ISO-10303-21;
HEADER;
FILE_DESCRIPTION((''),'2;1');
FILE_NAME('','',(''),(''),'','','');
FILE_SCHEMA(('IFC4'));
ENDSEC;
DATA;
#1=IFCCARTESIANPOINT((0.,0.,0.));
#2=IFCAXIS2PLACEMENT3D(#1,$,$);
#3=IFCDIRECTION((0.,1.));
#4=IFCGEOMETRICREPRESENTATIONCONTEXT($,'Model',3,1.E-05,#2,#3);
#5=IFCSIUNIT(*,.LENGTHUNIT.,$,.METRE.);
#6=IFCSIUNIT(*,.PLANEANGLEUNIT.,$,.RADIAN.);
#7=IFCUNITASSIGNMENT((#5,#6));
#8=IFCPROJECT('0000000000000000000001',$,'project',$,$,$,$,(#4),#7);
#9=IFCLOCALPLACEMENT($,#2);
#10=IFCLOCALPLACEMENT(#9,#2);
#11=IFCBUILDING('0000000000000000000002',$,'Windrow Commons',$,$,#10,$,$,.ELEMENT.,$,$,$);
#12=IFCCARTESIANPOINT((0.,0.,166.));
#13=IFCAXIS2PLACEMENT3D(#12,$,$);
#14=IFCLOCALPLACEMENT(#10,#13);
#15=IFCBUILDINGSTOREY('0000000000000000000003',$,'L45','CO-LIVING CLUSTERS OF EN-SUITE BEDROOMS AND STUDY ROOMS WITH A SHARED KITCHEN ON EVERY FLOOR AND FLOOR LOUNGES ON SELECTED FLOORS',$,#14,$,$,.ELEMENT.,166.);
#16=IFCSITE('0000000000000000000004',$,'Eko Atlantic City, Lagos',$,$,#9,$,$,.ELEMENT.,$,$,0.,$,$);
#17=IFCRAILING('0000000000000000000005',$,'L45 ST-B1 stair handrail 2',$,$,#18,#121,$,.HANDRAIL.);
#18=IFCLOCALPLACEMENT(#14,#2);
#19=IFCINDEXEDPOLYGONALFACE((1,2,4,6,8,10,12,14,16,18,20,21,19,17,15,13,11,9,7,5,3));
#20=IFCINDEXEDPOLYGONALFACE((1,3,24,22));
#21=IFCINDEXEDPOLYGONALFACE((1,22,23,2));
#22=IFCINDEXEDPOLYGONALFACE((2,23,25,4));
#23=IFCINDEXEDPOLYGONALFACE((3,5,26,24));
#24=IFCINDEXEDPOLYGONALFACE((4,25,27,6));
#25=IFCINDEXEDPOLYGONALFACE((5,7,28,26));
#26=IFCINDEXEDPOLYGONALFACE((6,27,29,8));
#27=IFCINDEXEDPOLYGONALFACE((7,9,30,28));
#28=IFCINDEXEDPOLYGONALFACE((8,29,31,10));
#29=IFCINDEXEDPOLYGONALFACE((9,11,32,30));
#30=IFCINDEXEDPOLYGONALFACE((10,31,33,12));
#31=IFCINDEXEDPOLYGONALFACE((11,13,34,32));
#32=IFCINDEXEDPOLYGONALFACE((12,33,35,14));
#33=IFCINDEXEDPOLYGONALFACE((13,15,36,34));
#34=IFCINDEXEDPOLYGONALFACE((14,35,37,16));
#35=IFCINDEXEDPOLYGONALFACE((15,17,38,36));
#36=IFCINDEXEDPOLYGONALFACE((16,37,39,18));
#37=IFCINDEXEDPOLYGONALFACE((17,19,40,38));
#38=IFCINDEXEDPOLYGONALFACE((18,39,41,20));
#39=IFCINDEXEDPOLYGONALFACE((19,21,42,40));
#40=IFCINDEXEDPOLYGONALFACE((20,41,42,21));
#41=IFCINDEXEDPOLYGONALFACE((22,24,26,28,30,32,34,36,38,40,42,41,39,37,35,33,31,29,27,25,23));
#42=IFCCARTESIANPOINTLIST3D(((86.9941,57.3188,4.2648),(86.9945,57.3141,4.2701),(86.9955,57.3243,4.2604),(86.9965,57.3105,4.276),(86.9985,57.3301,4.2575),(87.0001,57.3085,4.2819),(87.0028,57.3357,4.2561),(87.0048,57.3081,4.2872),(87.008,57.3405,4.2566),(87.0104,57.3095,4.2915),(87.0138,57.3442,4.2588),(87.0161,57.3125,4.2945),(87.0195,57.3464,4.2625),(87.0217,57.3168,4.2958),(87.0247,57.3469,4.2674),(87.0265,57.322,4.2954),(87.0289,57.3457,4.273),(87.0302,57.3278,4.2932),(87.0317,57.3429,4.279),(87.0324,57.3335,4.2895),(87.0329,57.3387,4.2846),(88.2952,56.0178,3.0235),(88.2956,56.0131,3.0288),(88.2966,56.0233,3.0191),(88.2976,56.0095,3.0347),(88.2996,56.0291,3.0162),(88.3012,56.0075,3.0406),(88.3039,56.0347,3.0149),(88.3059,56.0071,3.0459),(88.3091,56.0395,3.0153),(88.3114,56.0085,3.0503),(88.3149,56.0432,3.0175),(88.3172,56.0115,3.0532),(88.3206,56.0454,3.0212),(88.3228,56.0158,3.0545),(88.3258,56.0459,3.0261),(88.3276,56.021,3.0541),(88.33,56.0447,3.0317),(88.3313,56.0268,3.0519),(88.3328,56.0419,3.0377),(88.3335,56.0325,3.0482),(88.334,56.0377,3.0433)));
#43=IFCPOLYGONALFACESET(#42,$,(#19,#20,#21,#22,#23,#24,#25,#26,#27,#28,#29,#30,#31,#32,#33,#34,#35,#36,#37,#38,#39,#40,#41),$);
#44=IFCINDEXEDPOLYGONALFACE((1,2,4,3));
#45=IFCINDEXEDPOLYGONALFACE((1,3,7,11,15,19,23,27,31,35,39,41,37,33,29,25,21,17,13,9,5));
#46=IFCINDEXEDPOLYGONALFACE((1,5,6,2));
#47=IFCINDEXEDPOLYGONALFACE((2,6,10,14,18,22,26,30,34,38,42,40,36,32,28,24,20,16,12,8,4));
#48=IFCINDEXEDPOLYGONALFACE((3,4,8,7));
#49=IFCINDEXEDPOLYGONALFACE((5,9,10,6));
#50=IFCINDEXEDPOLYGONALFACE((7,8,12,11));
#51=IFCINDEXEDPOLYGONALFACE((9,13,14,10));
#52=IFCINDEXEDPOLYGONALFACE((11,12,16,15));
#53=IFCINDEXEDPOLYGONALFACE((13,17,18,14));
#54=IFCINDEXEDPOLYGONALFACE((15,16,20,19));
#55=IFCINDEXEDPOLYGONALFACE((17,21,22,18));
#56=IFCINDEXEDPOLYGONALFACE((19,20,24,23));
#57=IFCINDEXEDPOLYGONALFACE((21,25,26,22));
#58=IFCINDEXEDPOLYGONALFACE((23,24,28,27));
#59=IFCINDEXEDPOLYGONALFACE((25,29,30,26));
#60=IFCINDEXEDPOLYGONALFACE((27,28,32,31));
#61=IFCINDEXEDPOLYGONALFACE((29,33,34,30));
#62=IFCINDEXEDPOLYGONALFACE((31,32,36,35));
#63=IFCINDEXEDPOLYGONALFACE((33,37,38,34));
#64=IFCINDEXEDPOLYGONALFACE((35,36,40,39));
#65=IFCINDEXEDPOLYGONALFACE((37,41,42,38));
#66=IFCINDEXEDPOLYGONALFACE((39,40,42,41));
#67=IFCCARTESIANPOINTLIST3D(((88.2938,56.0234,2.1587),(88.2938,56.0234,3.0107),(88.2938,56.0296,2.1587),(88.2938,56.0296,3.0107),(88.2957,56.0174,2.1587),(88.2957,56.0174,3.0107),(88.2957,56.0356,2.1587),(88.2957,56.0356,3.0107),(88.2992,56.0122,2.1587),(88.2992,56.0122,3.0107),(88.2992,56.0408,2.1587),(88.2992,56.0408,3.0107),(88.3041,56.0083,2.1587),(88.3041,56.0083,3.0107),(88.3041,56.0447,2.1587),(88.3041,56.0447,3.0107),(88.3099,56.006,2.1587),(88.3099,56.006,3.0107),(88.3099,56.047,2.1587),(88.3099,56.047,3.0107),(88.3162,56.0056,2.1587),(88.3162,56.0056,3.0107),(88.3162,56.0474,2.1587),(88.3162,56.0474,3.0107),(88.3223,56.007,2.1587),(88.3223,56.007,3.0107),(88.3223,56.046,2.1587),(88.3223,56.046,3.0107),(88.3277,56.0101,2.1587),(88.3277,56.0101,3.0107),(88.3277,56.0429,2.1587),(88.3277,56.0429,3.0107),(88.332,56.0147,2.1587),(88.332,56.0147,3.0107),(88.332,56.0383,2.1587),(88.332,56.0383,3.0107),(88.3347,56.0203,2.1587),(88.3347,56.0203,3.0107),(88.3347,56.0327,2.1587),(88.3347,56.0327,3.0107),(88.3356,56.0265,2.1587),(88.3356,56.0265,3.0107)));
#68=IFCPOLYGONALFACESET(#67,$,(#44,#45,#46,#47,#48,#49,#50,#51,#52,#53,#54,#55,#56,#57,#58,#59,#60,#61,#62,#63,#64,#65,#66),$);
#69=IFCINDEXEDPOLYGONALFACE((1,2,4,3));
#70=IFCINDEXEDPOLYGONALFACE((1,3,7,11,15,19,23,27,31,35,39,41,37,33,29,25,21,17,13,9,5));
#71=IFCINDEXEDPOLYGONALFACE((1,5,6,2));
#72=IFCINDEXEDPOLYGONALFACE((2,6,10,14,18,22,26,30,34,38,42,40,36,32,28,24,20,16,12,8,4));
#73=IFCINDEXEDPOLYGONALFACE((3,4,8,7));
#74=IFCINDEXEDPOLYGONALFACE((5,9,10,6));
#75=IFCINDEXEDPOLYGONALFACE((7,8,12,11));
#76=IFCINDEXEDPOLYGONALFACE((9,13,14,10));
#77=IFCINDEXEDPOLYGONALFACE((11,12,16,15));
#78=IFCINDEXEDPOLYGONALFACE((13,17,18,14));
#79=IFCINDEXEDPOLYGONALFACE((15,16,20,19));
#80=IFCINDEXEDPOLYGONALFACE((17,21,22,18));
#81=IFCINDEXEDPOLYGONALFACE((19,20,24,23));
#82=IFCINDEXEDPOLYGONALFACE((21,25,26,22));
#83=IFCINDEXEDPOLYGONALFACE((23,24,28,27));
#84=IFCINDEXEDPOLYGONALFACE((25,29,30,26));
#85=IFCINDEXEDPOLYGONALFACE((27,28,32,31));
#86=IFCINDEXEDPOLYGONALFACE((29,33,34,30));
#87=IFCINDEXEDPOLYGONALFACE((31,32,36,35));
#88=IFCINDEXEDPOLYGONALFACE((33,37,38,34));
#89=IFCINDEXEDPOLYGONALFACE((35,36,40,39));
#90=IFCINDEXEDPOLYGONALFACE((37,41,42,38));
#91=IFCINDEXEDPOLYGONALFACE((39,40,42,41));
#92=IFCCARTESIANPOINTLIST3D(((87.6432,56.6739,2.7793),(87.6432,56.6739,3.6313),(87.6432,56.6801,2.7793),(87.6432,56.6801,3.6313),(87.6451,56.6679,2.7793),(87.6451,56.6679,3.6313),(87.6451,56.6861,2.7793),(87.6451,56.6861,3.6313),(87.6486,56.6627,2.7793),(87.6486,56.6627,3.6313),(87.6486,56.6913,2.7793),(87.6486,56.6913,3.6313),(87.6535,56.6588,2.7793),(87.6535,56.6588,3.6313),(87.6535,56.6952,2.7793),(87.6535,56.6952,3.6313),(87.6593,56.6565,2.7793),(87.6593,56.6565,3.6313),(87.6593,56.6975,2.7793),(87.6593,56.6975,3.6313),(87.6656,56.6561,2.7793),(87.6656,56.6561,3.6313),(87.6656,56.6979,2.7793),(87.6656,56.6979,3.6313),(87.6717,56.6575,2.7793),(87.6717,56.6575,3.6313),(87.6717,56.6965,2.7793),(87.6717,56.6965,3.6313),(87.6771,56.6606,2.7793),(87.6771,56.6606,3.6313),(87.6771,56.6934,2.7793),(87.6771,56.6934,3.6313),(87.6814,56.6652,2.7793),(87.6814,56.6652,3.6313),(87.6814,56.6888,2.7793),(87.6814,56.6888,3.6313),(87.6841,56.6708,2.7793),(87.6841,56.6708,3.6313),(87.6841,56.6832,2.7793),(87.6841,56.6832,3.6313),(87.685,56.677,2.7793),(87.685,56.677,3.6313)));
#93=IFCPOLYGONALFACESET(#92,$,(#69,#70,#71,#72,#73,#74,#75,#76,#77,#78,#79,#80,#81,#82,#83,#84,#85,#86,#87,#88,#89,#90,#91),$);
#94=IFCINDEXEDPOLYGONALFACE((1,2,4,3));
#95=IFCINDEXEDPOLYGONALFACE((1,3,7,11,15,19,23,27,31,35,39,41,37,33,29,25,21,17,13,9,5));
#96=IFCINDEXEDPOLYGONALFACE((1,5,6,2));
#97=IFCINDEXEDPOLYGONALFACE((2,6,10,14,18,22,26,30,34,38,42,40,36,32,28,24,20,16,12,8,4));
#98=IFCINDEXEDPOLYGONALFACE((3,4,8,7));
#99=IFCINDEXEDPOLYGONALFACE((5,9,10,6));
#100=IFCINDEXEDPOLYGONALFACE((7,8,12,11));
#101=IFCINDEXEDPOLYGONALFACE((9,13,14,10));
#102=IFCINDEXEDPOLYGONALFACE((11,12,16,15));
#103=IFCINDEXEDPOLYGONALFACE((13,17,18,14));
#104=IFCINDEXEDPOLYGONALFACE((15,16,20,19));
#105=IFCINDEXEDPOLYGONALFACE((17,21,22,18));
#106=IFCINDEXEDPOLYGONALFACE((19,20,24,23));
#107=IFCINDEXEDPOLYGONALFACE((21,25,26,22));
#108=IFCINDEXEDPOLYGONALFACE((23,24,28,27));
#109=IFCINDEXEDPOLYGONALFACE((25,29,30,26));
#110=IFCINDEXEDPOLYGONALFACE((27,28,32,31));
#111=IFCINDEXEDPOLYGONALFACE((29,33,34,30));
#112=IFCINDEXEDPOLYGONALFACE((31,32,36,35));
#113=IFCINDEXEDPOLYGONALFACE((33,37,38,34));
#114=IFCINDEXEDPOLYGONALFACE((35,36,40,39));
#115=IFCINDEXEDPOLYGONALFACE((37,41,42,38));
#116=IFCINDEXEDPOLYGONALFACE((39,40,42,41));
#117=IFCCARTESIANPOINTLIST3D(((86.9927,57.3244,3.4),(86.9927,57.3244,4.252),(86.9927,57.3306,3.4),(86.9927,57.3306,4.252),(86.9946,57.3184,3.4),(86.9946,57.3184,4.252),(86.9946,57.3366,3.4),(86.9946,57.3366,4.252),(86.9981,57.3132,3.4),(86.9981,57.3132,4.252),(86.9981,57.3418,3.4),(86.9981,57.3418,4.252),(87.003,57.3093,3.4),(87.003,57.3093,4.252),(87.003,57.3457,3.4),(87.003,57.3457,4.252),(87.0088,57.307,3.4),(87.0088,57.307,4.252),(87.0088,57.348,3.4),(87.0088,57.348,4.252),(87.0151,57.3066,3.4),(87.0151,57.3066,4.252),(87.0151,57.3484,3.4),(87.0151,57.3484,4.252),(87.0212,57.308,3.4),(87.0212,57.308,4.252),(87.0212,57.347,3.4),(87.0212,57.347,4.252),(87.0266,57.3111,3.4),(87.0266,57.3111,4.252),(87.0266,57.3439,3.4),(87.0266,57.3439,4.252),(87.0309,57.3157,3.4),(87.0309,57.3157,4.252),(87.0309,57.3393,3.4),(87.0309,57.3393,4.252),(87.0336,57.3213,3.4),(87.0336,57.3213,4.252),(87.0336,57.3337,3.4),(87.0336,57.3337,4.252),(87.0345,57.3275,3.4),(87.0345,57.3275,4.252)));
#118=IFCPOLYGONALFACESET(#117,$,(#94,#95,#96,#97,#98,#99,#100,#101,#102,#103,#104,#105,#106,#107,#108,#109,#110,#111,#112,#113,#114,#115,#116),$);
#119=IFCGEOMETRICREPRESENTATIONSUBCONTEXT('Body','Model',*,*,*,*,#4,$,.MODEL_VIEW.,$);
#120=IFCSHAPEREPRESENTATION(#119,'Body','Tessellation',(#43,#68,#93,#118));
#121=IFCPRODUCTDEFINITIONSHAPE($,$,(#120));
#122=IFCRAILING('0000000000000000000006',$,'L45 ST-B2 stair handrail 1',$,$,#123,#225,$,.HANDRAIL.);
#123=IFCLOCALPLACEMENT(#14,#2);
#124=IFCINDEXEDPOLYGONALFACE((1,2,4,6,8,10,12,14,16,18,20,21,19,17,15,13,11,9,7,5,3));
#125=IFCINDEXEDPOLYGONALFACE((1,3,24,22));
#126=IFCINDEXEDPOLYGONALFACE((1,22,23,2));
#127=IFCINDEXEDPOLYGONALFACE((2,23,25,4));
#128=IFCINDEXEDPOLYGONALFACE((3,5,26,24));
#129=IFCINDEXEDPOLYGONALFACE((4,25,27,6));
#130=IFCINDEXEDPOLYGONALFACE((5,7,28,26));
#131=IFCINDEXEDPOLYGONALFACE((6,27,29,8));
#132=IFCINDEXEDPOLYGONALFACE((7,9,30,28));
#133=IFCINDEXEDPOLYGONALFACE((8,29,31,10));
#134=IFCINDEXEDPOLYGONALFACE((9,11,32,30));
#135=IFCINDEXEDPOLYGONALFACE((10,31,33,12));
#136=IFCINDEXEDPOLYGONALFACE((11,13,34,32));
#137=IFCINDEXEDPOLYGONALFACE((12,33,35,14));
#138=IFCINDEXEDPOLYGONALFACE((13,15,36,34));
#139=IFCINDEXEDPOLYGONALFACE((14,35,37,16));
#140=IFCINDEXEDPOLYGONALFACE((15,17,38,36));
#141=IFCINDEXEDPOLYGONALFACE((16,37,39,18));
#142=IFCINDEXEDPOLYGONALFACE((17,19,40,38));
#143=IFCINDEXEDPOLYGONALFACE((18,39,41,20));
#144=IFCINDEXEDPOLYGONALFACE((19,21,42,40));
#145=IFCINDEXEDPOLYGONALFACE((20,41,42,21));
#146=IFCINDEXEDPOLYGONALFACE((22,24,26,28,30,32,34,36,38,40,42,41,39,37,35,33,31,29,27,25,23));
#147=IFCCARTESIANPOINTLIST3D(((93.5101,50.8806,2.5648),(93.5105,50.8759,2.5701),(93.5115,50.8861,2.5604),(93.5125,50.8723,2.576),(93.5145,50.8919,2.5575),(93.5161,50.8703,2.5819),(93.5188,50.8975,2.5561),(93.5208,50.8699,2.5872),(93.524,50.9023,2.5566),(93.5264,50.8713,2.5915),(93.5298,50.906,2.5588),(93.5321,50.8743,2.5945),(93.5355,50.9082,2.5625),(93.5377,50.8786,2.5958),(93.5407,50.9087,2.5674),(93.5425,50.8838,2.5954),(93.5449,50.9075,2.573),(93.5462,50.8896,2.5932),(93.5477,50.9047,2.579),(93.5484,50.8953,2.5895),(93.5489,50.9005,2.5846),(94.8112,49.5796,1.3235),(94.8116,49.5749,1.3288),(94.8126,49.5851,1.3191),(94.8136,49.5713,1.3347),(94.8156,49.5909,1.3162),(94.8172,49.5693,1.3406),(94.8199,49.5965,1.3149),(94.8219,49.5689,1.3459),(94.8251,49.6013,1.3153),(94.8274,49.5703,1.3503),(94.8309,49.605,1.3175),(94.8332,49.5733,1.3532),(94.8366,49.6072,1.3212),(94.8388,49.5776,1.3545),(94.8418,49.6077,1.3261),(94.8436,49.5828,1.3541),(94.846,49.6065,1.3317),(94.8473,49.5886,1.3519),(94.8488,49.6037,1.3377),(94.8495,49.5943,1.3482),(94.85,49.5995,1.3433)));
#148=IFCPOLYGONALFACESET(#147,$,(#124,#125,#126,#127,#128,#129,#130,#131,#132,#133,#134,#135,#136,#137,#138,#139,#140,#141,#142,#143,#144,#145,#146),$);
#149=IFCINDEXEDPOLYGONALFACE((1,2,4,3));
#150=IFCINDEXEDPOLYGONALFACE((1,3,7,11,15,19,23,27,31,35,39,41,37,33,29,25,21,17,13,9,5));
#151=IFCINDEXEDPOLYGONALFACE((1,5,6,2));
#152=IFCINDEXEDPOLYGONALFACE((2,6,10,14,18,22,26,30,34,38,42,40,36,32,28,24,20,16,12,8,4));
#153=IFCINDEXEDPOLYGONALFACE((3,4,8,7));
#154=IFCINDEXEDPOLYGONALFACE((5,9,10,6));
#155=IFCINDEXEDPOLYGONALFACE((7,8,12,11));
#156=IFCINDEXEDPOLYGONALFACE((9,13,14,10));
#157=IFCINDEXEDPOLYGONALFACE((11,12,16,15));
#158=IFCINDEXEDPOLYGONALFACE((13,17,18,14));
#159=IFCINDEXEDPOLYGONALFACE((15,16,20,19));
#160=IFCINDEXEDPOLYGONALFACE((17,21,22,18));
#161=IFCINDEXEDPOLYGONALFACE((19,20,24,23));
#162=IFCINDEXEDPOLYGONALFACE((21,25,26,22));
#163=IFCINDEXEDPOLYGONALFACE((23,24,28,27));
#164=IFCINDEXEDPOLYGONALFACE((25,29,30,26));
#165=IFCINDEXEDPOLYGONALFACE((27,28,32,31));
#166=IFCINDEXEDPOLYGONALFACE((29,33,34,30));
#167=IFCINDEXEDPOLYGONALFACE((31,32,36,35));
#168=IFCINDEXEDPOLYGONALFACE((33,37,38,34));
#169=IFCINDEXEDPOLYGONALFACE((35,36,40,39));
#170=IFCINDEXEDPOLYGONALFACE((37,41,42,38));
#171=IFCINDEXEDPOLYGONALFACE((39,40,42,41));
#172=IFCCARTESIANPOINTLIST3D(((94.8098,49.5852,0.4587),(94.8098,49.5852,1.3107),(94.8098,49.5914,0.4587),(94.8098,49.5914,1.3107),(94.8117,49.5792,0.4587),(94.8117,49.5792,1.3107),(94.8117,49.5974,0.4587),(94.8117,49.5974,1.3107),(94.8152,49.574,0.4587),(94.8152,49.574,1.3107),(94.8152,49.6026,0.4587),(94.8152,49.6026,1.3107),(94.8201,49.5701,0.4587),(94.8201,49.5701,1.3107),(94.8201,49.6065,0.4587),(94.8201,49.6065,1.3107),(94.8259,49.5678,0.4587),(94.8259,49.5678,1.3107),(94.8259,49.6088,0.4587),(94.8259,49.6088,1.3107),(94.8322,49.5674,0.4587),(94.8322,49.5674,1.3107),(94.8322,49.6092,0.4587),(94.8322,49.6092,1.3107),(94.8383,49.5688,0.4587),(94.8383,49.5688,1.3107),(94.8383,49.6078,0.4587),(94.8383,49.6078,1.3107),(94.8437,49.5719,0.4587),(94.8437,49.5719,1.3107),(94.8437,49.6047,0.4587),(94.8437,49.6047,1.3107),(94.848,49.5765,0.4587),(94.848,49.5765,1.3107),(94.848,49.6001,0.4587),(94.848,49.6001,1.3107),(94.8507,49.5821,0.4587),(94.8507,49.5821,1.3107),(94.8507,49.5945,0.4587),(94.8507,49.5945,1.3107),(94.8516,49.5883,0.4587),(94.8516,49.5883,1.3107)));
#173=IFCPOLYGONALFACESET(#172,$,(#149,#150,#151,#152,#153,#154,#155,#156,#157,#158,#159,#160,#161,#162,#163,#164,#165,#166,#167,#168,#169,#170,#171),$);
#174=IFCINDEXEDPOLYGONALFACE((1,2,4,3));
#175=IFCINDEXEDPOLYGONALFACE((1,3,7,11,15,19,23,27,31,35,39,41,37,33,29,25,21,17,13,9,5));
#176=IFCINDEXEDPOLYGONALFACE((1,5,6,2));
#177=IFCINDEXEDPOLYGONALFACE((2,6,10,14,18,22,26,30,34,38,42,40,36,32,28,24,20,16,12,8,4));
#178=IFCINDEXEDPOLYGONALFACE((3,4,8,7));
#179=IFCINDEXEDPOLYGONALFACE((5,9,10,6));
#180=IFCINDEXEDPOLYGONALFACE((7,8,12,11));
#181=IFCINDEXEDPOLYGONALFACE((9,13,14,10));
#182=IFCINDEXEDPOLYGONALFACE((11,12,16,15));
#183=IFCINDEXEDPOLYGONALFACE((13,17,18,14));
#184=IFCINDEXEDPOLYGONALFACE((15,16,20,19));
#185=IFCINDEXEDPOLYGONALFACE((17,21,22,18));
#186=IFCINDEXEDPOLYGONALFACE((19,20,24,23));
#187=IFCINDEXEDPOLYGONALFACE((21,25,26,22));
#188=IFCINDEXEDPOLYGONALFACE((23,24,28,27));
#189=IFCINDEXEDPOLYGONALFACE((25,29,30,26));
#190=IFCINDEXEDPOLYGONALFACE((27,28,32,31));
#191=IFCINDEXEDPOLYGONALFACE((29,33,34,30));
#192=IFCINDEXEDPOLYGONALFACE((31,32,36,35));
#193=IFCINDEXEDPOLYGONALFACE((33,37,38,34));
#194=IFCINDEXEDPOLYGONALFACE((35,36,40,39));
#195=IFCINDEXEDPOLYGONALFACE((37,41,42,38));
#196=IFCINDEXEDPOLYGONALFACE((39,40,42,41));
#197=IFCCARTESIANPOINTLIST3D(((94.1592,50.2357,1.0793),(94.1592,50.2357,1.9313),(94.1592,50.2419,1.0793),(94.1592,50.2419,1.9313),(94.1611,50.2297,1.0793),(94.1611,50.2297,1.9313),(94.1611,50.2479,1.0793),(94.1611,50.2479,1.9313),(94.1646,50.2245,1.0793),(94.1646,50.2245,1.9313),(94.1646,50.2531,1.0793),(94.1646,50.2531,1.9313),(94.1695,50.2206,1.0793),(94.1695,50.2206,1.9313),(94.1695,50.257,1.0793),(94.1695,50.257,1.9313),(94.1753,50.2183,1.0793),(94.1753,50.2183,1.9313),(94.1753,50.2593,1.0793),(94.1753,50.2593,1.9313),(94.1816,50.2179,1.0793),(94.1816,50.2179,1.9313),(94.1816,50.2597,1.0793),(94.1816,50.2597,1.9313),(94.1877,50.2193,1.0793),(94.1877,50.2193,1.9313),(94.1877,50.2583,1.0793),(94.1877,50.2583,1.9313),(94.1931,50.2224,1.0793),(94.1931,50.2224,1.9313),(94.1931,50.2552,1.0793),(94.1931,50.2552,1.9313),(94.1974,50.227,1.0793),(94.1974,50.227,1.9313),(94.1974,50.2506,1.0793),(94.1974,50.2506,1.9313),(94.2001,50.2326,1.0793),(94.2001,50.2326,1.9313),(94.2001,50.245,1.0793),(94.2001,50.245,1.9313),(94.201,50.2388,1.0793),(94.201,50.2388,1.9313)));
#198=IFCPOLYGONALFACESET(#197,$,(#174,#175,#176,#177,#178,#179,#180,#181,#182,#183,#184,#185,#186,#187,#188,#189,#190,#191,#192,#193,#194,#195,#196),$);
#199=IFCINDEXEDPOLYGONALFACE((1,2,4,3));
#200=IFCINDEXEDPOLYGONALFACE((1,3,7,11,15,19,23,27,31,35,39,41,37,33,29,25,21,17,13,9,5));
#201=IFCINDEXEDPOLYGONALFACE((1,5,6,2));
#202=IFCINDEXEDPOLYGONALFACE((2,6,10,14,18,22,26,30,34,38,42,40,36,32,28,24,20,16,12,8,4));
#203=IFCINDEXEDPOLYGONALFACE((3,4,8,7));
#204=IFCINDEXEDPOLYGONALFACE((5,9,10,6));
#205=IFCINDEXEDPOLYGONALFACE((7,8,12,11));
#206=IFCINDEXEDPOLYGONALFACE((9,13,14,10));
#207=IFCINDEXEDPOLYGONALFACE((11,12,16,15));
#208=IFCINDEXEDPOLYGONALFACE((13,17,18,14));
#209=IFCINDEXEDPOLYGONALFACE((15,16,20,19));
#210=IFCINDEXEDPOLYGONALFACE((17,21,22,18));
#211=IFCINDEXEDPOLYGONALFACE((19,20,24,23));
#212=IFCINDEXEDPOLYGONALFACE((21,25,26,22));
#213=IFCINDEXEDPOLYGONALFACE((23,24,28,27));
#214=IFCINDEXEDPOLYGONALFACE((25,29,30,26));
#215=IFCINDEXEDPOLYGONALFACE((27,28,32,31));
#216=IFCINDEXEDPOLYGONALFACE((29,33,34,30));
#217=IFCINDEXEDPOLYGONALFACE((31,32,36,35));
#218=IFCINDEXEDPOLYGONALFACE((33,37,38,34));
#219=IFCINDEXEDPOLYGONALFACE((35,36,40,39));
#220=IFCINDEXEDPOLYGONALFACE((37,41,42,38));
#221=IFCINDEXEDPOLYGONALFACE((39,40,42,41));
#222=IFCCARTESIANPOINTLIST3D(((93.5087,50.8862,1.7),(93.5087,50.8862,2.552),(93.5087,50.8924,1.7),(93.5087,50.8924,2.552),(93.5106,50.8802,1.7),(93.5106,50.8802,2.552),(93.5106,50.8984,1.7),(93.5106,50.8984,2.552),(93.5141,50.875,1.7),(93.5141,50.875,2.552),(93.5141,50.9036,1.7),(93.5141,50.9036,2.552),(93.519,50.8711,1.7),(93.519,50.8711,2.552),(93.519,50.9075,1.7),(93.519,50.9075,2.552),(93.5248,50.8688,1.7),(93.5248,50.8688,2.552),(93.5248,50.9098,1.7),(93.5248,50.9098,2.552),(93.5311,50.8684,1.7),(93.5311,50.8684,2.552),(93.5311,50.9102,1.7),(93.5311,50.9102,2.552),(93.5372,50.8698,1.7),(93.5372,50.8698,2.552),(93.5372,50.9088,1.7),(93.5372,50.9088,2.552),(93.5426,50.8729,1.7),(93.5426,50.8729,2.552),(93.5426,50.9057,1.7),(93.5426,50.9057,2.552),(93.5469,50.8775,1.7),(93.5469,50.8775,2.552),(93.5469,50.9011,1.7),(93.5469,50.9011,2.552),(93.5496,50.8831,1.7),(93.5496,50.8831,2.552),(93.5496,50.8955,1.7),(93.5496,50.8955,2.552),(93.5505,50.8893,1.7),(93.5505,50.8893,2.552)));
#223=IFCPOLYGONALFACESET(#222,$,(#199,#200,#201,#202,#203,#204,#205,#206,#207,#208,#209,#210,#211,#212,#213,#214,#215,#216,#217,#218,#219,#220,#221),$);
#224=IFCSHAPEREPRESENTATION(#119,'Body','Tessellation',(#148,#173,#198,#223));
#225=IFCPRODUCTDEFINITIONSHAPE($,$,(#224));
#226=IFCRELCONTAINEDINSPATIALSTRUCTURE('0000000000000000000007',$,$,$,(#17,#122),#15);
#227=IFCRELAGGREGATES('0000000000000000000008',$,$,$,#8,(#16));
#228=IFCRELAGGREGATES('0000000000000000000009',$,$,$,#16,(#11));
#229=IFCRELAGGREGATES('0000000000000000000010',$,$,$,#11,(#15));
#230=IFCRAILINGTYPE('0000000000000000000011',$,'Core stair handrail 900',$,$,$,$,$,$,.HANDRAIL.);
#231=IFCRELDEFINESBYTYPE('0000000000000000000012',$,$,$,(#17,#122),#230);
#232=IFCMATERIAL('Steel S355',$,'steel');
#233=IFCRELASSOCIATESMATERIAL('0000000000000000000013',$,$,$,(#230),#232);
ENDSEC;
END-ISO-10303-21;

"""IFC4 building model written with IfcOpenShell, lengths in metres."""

from ifc_helpers import new_model, si_unit, direction, frame, origin, origin_2d, place, context, subcontext, project, spatial, circle, extrude, material, type_object, element, save


model = new_model("IFC4")

# Units and contexts
model_context = context("Model", 3, precision=1e-05, world=origin(), true_north=direction((0.0, 1.0)))
body_context = subcontext(model_context, "Body", "Model", "MODEL_VIEW")
ifc_project = project(units=[si_unit("LENGTHUNIT", "METRE"), si_unit("PLANEANGLEUNIT", "RADIAN")], contexts=[model_context])

# Site, building, storey
site_placement = place(None, origin())
site = spatial("IfcSite", under=ifc_project, at=site_placement, Name="Eko Atlantic City, Lagos", CompositionType="ELEMENT", RefElevation=0.0)
building_placement = place(site_placement, origin())
building = spatial("IfcBuilding", under=site, at=building_placement, Name="Windrow Commons", CompositionType="ELEMENT")
storey_placement = place(building_placement, frame((0.0, 0.0, 166.0)))
storey = spatial("IfcBuildingStorey", under=building, at=storey_placement, Name="L45", Description="CO-LIVING CLUSTERS OF EN-SUITE BEDROOMS AND STUDY ROOMS WITH A SHARED KITCHEN ON EVERY FLOOR AND FLOOR LOUNGES ON SELECTED FLOORS", CompositionType="ELEMENT", Elevation=166.0)

# Railings
ifc_material_1 = material(Name="Steel S355", Category="steel")
railing_type_1 = type_object("IfcRailingType", Name="Core stair handrail 900", PredefinedType="HANDRAIL", material=ifc_material_1)
for number, where, name in (
    (1, (88.3146, 56.0265, 2.1587), "L45 ST-B1 stair handrail 2"),
    (2, (94.8306, 49.5883, 0.4587), "L45 ST-B2 stair handrail 1"),
):
    element("IfcRailing", number, at=place(storey_placement, frame(where)), inside=storey, type_object=railing_type_1, Name=name, PredefinedType="HANDRAIL", context=body_context, shape_type="SweptSolid", body=[
        extrude(circle(Radius=0.024, at=origin_2d()), frame((0.0, 0.0, 0.876), z_axis=(-0.586207, 0.586162, 0.559264), x_axis=(-0.70708, -0.707134, 0.0)), (0.0, 0.0, 1.0), 2.2195),
        extrude(circle(Radius=0.021, at=origin_2d()), origin(), (0.0, 0.0, 1.0), 0.852),
        extrude(circle(Radius=0.021, at=origin_2d()), frame((-0.6506, 0.6505, 0.6206)), (0.0, 0.0, 1.0), 0.852),
        extrude(circle(Radius=0.021, at=origin_2d()), frame((-1.3011, 1.301, 1.2413)), (0.0, 0.0, 1.0), 0.852),
    ])

save(model, "model.ifc")
